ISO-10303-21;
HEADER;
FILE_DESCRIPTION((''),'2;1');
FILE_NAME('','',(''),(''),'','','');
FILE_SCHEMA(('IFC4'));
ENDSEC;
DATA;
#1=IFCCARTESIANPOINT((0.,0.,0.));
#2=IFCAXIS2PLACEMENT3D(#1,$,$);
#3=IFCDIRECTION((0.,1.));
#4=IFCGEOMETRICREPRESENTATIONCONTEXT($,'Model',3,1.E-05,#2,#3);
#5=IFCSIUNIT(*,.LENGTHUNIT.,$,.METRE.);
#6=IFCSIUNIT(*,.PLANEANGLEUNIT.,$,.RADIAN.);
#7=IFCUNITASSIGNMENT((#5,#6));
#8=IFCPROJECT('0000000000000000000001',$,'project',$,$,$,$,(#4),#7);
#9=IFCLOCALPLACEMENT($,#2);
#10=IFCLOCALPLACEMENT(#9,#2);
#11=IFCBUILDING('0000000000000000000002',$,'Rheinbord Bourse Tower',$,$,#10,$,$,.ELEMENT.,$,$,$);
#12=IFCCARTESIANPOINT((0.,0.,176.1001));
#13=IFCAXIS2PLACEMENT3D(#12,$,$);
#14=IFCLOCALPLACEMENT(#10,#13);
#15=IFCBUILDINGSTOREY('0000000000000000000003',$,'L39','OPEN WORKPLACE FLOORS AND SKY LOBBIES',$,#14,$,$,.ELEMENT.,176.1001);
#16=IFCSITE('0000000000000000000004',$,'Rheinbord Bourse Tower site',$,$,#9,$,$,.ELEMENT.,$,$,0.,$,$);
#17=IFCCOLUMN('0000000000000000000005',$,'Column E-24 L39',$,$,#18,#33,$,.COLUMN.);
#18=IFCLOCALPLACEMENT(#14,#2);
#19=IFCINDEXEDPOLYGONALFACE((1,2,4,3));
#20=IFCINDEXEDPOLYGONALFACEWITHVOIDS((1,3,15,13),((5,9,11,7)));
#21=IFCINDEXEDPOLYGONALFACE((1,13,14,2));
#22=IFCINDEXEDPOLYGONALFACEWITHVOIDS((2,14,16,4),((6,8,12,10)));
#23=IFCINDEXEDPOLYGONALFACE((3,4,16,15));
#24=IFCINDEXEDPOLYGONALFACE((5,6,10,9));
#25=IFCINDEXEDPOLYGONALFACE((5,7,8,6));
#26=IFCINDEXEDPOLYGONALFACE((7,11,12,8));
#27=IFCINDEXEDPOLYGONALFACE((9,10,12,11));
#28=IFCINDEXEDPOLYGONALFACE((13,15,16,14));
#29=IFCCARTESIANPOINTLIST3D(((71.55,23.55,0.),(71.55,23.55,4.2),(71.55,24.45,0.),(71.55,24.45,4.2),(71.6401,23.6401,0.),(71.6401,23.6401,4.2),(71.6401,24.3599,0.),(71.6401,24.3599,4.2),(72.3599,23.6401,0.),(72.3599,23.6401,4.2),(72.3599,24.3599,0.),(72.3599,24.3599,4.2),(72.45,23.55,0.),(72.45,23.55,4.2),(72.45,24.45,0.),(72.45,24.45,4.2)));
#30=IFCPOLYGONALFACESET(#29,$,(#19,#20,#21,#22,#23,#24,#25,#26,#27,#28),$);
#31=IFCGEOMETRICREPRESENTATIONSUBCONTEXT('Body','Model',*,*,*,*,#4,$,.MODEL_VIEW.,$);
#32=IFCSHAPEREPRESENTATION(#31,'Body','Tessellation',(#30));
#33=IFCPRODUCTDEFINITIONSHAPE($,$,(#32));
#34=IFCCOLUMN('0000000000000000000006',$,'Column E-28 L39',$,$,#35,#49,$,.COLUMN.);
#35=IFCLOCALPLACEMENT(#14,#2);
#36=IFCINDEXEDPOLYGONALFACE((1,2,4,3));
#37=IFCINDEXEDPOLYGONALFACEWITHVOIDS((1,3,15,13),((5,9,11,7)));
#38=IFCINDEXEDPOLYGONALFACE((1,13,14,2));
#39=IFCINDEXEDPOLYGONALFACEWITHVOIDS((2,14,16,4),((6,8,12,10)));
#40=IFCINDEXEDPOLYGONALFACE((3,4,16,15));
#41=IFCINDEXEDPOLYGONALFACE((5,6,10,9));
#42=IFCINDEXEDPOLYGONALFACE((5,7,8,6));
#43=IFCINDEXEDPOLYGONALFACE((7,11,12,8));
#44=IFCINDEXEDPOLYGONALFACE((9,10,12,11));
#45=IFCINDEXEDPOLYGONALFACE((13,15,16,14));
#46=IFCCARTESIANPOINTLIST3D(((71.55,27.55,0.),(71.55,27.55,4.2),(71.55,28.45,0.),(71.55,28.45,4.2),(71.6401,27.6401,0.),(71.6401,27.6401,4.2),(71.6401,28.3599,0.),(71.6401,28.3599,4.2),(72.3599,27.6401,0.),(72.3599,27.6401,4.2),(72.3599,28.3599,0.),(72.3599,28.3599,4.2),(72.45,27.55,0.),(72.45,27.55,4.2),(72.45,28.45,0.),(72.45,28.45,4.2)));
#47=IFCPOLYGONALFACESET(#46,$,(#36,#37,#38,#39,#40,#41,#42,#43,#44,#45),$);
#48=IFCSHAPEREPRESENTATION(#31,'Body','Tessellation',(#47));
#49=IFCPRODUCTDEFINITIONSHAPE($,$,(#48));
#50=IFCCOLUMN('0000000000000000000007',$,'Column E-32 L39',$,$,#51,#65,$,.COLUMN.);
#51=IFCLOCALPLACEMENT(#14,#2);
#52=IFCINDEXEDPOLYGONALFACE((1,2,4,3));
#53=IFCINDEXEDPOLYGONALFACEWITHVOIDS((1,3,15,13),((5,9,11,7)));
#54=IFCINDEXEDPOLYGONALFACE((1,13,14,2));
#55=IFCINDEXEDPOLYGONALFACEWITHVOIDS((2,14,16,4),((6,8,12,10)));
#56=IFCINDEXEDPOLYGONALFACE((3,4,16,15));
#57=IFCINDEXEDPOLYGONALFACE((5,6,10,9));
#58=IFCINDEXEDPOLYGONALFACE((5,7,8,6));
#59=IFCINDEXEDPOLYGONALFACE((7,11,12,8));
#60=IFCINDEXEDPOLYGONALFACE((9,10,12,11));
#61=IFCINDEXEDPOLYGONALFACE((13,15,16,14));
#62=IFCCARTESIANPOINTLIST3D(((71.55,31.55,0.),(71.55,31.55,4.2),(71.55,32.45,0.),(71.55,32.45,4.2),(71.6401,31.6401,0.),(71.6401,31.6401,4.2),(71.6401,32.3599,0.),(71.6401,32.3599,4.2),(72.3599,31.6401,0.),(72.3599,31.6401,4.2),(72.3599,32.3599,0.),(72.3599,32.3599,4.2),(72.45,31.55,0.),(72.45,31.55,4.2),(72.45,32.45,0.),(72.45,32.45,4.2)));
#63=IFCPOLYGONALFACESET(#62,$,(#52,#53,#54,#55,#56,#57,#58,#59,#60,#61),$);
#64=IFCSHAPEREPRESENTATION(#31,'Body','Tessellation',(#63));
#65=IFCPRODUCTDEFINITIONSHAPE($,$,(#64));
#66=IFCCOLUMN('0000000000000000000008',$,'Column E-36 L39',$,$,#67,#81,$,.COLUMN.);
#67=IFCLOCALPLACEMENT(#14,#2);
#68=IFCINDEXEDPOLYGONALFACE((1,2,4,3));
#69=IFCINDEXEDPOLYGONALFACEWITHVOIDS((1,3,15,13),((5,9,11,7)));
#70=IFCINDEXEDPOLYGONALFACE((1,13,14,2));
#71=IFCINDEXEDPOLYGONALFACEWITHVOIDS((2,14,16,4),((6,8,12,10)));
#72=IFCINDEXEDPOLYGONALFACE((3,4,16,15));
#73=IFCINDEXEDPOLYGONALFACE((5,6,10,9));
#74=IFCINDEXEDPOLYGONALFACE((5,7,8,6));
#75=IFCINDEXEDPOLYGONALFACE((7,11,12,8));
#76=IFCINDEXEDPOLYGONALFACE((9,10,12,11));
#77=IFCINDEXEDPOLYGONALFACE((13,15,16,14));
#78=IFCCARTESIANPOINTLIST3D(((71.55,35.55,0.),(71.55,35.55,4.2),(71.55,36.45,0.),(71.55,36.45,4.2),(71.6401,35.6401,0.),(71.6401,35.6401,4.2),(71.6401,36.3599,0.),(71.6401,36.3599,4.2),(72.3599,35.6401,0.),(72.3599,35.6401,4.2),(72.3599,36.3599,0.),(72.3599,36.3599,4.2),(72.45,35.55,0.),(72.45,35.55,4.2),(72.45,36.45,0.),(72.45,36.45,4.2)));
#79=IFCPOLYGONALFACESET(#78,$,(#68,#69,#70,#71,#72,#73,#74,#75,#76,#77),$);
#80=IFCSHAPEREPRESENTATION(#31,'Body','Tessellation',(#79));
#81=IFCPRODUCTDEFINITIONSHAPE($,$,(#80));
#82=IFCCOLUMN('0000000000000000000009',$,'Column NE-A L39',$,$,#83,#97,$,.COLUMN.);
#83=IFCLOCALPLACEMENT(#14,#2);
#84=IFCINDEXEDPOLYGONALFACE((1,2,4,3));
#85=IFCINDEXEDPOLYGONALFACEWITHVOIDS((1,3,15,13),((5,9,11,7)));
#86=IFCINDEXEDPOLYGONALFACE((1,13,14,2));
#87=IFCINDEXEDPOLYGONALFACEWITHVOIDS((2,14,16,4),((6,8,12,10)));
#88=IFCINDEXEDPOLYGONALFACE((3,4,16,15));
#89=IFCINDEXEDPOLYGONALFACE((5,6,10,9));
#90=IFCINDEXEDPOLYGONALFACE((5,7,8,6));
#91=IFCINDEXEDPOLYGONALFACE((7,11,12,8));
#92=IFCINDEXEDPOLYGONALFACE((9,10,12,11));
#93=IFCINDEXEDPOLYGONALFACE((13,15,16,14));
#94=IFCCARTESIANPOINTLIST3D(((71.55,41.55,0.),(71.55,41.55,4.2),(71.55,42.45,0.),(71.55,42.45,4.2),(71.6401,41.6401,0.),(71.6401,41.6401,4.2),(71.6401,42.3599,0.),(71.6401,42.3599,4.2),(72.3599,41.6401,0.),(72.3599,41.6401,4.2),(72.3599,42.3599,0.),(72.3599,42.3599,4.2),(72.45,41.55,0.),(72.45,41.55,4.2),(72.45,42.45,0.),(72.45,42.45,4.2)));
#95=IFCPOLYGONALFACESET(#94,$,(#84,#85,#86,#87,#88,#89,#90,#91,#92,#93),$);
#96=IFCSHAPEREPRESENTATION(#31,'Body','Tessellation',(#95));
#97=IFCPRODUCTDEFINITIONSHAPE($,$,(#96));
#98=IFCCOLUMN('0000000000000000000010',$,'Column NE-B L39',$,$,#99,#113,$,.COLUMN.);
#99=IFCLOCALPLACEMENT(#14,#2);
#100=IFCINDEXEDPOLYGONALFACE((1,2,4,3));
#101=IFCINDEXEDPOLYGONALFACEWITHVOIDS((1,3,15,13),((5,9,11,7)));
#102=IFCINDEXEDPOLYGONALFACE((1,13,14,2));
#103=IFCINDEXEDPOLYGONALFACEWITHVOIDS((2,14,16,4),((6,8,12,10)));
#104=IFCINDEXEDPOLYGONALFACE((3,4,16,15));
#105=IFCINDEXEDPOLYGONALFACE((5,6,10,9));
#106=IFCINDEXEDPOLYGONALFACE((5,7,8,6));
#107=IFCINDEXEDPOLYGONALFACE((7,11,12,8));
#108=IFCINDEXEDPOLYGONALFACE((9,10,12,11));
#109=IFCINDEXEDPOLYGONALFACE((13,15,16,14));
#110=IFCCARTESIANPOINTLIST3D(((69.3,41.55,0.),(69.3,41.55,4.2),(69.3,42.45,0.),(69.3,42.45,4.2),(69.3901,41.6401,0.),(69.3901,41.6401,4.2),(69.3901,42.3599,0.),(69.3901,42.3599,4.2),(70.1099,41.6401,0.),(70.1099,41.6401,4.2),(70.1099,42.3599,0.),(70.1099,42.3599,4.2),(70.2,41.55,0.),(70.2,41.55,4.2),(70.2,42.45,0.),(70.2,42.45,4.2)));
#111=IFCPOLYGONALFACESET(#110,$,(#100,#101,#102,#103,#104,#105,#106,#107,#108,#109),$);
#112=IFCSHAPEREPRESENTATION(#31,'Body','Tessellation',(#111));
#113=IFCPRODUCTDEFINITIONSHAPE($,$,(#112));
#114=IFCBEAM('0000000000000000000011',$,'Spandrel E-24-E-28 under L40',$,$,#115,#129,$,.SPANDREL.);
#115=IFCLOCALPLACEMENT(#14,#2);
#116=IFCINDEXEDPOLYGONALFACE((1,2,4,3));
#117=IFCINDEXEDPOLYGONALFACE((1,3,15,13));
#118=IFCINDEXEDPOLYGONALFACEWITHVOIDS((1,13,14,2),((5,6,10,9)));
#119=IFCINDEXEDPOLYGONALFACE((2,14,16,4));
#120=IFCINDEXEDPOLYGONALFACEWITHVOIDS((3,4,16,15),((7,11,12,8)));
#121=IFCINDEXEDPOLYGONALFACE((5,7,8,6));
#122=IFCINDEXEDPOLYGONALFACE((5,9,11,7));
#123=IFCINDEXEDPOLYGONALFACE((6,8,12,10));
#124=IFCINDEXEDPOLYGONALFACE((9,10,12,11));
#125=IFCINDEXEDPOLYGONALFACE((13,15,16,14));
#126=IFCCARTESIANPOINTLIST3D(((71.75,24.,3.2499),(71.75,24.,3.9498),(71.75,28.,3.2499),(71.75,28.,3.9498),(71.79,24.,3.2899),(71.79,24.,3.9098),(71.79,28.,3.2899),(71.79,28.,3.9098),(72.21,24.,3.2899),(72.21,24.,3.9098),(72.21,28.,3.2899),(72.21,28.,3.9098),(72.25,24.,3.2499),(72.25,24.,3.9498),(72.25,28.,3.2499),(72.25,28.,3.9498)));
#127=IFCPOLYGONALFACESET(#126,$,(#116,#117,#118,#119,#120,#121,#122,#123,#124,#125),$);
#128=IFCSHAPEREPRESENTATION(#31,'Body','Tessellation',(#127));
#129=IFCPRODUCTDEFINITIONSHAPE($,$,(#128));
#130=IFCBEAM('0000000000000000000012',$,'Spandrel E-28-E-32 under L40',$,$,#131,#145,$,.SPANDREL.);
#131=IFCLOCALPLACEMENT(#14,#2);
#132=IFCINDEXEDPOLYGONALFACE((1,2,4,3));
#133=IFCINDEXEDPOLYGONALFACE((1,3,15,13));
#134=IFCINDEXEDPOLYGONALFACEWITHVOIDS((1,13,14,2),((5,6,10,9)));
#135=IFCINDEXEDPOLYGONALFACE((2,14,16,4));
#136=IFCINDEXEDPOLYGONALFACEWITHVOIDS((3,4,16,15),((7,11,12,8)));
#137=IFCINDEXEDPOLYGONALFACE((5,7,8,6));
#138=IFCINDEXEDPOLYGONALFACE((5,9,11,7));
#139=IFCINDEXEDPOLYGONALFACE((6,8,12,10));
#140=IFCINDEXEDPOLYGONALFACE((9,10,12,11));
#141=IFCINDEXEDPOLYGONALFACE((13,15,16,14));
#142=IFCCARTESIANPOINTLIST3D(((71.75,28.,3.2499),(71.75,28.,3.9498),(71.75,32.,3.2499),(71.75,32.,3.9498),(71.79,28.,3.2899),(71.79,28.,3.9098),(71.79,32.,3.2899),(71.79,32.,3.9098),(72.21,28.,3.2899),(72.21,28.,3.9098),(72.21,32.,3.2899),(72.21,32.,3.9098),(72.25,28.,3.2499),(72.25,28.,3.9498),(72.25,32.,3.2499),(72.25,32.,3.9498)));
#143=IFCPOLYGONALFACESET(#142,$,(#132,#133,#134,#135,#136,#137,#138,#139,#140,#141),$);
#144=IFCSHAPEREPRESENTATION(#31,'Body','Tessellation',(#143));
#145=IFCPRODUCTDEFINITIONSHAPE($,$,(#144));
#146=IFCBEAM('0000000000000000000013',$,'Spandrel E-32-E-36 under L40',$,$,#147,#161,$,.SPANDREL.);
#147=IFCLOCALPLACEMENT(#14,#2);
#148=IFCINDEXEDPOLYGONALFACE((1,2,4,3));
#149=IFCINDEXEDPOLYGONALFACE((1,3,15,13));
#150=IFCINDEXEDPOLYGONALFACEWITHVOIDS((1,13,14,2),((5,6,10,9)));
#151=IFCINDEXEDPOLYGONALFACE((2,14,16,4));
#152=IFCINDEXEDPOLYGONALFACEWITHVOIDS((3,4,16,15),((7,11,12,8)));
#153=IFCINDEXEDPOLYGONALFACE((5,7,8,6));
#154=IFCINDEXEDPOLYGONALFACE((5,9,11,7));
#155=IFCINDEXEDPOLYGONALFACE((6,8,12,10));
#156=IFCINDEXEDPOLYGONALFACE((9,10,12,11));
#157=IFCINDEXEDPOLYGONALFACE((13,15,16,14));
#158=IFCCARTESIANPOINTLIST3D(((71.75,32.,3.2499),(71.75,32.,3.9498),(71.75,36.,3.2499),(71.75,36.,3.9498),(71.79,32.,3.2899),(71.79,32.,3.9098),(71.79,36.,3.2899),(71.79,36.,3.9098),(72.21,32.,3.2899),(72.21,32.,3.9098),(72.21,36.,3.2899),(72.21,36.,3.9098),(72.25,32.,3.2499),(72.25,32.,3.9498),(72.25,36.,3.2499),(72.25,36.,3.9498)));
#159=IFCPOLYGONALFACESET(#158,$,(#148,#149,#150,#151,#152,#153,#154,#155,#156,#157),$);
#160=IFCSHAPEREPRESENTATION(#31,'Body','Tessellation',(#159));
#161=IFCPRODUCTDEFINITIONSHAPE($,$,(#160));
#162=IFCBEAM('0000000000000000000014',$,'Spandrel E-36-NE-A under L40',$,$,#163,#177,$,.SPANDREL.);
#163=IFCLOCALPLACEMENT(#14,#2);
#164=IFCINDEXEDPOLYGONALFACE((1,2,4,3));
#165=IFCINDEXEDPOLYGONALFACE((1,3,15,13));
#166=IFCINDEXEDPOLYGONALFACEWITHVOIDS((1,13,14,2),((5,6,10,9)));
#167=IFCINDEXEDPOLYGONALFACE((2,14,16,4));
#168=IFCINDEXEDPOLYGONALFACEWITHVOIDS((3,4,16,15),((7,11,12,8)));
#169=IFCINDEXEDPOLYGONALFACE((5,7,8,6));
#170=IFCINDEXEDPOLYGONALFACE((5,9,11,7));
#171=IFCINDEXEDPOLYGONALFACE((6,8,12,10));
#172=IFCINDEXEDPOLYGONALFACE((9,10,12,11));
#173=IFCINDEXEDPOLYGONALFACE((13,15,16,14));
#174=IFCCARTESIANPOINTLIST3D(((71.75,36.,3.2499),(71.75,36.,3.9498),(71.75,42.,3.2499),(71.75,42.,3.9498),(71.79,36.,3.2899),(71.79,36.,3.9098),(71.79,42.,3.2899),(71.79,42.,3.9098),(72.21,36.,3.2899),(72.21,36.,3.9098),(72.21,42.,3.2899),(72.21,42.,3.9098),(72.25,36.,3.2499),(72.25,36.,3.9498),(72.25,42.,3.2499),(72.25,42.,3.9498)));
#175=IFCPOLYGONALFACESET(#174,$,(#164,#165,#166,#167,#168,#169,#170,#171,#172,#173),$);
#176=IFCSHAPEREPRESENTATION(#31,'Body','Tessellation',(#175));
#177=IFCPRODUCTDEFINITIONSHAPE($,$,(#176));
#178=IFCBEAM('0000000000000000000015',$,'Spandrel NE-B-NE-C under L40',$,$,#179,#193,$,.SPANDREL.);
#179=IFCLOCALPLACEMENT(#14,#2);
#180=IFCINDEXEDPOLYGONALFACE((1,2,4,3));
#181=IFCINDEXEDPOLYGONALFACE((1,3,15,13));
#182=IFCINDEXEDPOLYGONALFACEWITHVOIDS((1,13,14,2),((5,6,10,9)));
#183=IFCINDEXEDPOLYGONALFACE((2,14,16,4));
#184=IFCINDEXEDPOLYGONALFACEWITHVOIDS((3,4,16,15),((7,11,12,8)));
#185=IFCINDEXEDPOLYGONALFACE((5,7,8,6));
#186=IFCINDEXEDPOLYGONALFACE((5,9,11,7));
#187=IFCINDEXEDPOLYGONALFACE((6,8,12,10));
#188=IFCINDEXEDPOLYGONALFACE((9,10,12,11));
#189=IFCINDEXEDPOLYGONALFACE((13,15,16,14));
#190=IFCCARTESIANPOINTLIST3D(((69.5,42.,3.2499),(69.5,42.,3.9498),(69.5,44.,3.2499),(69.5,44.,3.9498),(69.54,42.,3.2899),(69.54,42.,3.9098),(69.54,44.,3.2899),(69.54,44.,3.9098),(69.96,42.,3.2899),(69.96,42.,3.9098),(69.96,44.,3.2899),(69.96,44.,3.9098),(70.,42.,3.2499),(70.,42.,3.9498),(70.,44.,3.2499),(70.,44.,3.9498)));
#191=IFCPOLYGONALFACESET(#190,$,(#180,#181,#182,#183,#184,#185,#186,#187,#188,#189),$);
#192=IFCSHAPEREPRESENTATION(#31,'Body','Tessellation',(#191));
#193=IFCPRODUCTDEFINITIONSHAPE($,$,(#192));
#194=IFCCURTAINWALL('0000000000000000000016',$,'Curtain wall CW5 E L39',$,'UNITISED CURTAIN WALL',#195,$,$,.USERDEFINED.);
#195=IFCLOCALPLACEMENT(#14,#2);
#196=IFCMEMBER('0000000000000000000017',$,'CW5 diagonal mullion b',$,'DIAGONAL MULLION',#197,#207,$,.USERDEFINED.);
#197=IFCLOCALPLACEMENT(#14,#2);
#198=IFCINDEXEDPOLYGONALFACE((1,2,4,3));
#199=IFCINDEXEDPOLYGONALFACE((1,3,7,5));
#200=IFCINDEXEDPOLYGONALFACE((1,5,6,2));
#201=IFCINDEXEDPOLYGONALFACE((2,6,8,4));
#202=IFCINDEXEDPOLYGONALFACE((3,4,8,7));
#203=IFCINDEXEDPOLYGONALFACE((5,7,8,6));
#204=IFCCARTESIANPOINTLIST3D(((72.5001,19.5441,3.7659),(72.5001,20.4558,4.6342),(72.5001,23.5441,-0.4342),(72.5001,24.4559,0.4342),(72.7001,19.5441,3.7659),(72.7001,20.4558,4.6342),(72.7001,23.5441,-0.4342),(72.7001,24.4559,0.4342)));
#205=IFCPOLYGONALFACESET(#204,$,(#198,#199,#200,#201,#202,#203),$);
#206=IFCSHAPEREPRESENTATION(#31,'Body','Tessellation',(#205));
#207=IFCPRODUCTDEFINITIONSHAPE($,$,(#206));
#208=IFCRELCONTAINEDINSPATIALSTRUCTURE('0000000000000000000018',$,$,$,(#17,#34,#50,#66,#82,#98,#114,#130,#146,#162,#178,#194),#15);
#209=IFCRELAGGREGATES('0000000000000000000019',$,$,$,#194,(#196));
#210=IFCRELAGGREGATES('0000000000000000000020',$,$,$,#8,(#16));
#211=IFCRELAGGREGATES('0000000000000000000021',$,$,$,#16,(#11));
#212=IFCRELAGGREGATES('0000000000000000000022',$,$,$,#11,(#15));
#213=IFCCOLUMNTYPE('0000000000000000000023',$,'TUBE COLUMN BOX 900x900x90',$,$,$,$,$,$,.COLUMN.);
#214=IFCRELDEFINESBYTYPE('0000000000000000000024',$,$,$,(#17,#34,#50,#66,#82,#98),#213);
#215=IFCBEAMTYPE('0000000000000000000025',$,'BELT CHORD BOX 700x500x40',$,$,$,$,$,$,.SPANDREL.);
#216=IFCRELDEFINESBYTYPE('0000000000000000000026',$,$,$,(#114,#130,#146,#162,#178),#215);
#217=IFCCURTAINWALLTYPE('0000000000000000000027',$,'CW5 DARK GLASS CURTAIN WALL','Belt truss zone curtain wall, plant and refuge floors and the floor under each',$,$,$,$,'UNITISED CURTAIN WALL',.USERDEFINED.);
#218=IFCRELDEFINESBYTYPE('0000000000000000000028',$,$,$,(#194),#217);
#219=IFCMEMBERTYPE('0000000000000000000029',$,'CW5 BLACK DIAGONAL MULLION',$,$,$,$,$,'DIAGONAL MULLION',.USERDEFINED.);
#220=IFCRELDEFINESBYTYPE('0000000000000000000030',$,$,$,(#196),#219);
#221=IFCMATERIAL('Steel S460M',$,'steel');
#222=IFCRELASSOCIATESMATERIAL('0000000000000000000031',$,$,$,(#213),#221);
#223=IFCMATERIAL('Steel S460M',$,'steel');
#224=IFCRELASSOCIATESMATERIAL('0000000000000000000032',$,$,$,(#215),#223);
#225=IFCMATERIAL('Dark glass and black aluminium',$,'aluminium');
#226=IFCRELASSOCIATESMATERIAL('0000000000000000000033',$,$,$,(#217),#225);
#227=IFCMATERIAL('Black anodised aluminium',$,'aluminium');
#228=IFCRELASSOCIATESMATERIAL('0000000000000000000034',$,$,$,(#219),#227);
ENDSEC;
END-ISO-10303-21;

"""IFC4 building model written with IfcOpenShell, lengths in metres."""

from ifc_helpers import new_model, si_unit, direction, frame, origin, origin_2d, place, context, subcontext, project, spatial, rectangle, hollow_rectangle, extrude, material, material_profile, profile_set, type_object, element, aggregate, save


model = new_model("IFC4")

# Units and contexts
model_context = context("Model", 3, precision=1e-05, world=origin(), true_north=direction((0.0, 1.0)))
body_context = subcontext(model_context, "Body", "Model", "MODEL_VIEW")
ifc_project = project(units=[si_unit("LENGTHUNIT", "METRE"), si_unit("PLANEANGLEUNIT", "RADIAN")], contexts=[model_context])

# Site, building, storey
site_placement = place(None, origin())
site = spatial("IfcSite", under=ifc_project, at=site_placement, Name="Rheinbord Bourse Tower site", CompositionType="ELEMENT", RefElevation=0.0)
building_placement = place(site_placement, origin())
building = spatial("IfcBuilding", under=site, at=building_placement, Name="Rheinbord Bourse Tower", CompositionType="ELEMENT")
storey_placement = place(building_placement, frame((0.0, 0.0, 176.1001)))
storey = spatial("IfcBuildingStorey", under=building, at=storey_placement, Name="L39", Description="OPEN WORKPLACE FLOORS AND SKY LOBBIES", CompositionType="ELEMENT", Elevation=176.1001)

# Columns
ifc_material_1 = material(Name="Steel S460M", Category="steel")
ifc_material_profile_1 = material_profile(ifc_material_1, hollow_rectangle(XDim=0.8999, YDim=0.8999, WallThickness=0.0901, at=origin_2d()), Name="BOX 900x900x90")
ifc_profile_set_1 = profile_set([ifc_material_profile_1], Name="Steel S460M")
column_type = type_object("IfcColumnType", Name="TUBE COLUMN BOX 900x900x90", PredefinedType="COLUMN", material=ifc_profile_set_1)
for number, where, z_axis, x_axis, name in (
    (1, (72.0, 24.0, 0.0), (0.0, 0.0, 1.0), (1.0, 0.0, 0.0), "Column E-24 L39"),
    (2, (72.0, 28.0, 0.0), (0.0, 0.0, 1.0), (1.0, 0.0, 0.0), "Column E-28 L39"),
    (3, (72.0, 32.0, 0.0), (0.0, 0.0, 1.0), (1.0, 0.0, 0.0), "Column E-32 L39"),
    (4, (72.0, 36.0, 0.0), (0.0, 0.0, 1.0), (1.0, 0.0, 0.0), "Column E-36 L39"),
    (5, (72.0, 42.0, 0.0), (0.0, 0.0, 1.0), (1.0, 0.0, 0.0), "Column NE-A L39"),
    (6, (69.75, 42.0, 0.0), (0.0, 0.0, 1.0), (1.0, 0.0, 0.0), "Column NE-B L39"),
):
    element("IfcColumn", number, at=place(storey_placement, frame(where, z_axis=z_axis, x_axis=x_axis)), inside=storey, type_object=column_type, Name=name, PredefinedType="COLUMN", context=body_context, shape_type="SweptSolid", body=[
        extrude(hollow_rectangle(XDim=0.8999, YDim=0.8999, WallThickness=0.0901, at=origin_2d()), origin(), (0.0, 0.0, 1.0), 4.2),
    ])

# Beams
ifc_material_2 = material(Name="Steel S460M", Category="steel")
ifc_material_profile_2 = material_profile(ifc_material_2, hollow_rectangle(XDim=0.5, YDim=0.7, WallThickness=0.04, at=origin_2d()), Name="BOX 700x500x40")
ifc_profile_set_2 = profile_set([ifc_material_profile_2], Name="Steel S460M")
beam_type_1 = type_object("IfcBeamType", Name="BELT CHORD BOX 700x500x40", PredefinedType="SPANDREL", material=ifc_profile_set_2)
for number, where, z_axis, x_axis, name in (
    (7, (72.0, 24.0, 3.5999), (0.0, 1.0, 0.0), (-1.0, 0.0, 0.0), "Spandrel E-24-E-28 under L40"),
    (8, (72.0, 28.0, 3.5999), (0.0, 1.0, 0.0), (-1.0, 0.0, 0.0), "Spandrel E-28-E-32 under L40"),
    (9, (72.0, 32.0, 3.5999), (0.0, 1.0, 0.0), (-1.0, 0.0, 0.0), "Spandrel E-32-E-36 under L40"),
):
    element("IfcBeam", number, at=place(storey_placement, frame(where, z_axis=z_axis, x_axis=x_axis)), inside=storey, type_object=beam_type_1, Name=name, PredefinedType="SPANDREL", context=body_context, shape_type="SweptSolid", body=[
        extrude(hollow_rectangle(XDim=0.5, YDim=0.7, WallThickness=0.04, at=origin_2d()), origin(), (0.0, 0.0, 1.0), 4.0),
    ])
beam_1_placement = place(storey_placement, frame((72.0, 36.0, 3.5999), z_axis=(0.0, 1.0, 0.0), x_axis=(-1.0, 0.0, 0.0)))
element("IfcBeam", 10, at=beam_1_placement, inside=storey, type_object=beam_type_1, Name="Spandrel E-36-NE-A under L40", PredefinedType="SPANDREL", context=body_context, shape_type="SweptSolid", body=[
    extrude(hollow_rectangle(XDim=0.5, YDim=0.7, WallThickness=0.04, at=origin_2d()), origin(), (0.0, 0.0, 1.0), 6.0),
])
beam_2_placement = place(storey_placement, frame((69.75, 42.0, 3.5999), z_axis=(0.0, 1.0, 0.0), x_axis=(-1.0, 0.0, 0.0)))
element("IfcBeam", 11, at=beam_2_placement, inside=storey, type_object=beam_type_1, Name="Spandrel NE-B-NE-C under L40", PredefinedType="SPANDREL", context=body_context, shape_type="SweptSolid", body=[
    extrude(hollow_rectangle(XDim=0.5, YDim=0.7, WallThickness=0.04, at=origin_2d()), origin(), (0.0, 0.0, 1.0), 2.0),
])

# Curtain wall, member
ifc_material_3 = material(Name="Dark glass and black aluminium", Category="aluminium")
curtain_wall_type = type_object("IfcCurtainWallType", Name="CW5 DARK GLASS CURTAIN WALL", Description="Belt truss zone curtain wall, plant and refuge floors and the floor under each", ElementType="UNITISED CURTAIN WALL", PredefinedType="USERDEFINED", material=ifc_material_3)
curtain_wall_placement = place(storey_placement, origin())
curtain_wall = element("IfcCurtainWall", 12, at=curtain_wall_placement, inside=storey, type_object=curtain_wall_type, Name="Curtain wall CW5 E L39", ObjectType="UNITISED CURTAIN WALL", PredefinedType="USERDEFINED")
ifc_material_4 = material(Name="Black anodised aluminium", Category="aluminium")
ifc_material_profile_3 = material_profile(ifc_material_4, rectangle(XDim=0.2, YDim=1.259, at=origin_2d()), Name="CW5 DIAGONAL MULLION 1259x200")
ifc_profile_set_3 = profile_set([ifc_material_profile_3], Name="Black anodised aluminium")
member_type_1 = type_object("IfcMemberType", Name="CW5 BLACK DIAGONAL MULLION", ElementType="DIAGONAL MULLION", PredefinedType="USERDEFINED", material=ifc_profile_set_3)
member_1_placement = place(storey_placement, frame((72.6001, 24.0, 0.0), z_axis=(0.0, -0.689659, 0.724134), x_axis=(1.0, 0.0, 0.0)))
member_1 = element("IfcMember", 13, at=member_1_placement, type_object=member_type_1, Name="CW5 diagonal mullion b", ObjectType="DIAGONAL MULLION", PredefinedType="USERDEFINED", context=body_context, shape_type="SweptSolid", body=[
    extrude(rectangle(XDim=0.2, YDim=1.259, at=origin_2d()), origin(), (0.0, 0.0, 1.0), 5.8),
])

aggregate(curtain_wall, [member_1])

save(model, "model.ifc")
